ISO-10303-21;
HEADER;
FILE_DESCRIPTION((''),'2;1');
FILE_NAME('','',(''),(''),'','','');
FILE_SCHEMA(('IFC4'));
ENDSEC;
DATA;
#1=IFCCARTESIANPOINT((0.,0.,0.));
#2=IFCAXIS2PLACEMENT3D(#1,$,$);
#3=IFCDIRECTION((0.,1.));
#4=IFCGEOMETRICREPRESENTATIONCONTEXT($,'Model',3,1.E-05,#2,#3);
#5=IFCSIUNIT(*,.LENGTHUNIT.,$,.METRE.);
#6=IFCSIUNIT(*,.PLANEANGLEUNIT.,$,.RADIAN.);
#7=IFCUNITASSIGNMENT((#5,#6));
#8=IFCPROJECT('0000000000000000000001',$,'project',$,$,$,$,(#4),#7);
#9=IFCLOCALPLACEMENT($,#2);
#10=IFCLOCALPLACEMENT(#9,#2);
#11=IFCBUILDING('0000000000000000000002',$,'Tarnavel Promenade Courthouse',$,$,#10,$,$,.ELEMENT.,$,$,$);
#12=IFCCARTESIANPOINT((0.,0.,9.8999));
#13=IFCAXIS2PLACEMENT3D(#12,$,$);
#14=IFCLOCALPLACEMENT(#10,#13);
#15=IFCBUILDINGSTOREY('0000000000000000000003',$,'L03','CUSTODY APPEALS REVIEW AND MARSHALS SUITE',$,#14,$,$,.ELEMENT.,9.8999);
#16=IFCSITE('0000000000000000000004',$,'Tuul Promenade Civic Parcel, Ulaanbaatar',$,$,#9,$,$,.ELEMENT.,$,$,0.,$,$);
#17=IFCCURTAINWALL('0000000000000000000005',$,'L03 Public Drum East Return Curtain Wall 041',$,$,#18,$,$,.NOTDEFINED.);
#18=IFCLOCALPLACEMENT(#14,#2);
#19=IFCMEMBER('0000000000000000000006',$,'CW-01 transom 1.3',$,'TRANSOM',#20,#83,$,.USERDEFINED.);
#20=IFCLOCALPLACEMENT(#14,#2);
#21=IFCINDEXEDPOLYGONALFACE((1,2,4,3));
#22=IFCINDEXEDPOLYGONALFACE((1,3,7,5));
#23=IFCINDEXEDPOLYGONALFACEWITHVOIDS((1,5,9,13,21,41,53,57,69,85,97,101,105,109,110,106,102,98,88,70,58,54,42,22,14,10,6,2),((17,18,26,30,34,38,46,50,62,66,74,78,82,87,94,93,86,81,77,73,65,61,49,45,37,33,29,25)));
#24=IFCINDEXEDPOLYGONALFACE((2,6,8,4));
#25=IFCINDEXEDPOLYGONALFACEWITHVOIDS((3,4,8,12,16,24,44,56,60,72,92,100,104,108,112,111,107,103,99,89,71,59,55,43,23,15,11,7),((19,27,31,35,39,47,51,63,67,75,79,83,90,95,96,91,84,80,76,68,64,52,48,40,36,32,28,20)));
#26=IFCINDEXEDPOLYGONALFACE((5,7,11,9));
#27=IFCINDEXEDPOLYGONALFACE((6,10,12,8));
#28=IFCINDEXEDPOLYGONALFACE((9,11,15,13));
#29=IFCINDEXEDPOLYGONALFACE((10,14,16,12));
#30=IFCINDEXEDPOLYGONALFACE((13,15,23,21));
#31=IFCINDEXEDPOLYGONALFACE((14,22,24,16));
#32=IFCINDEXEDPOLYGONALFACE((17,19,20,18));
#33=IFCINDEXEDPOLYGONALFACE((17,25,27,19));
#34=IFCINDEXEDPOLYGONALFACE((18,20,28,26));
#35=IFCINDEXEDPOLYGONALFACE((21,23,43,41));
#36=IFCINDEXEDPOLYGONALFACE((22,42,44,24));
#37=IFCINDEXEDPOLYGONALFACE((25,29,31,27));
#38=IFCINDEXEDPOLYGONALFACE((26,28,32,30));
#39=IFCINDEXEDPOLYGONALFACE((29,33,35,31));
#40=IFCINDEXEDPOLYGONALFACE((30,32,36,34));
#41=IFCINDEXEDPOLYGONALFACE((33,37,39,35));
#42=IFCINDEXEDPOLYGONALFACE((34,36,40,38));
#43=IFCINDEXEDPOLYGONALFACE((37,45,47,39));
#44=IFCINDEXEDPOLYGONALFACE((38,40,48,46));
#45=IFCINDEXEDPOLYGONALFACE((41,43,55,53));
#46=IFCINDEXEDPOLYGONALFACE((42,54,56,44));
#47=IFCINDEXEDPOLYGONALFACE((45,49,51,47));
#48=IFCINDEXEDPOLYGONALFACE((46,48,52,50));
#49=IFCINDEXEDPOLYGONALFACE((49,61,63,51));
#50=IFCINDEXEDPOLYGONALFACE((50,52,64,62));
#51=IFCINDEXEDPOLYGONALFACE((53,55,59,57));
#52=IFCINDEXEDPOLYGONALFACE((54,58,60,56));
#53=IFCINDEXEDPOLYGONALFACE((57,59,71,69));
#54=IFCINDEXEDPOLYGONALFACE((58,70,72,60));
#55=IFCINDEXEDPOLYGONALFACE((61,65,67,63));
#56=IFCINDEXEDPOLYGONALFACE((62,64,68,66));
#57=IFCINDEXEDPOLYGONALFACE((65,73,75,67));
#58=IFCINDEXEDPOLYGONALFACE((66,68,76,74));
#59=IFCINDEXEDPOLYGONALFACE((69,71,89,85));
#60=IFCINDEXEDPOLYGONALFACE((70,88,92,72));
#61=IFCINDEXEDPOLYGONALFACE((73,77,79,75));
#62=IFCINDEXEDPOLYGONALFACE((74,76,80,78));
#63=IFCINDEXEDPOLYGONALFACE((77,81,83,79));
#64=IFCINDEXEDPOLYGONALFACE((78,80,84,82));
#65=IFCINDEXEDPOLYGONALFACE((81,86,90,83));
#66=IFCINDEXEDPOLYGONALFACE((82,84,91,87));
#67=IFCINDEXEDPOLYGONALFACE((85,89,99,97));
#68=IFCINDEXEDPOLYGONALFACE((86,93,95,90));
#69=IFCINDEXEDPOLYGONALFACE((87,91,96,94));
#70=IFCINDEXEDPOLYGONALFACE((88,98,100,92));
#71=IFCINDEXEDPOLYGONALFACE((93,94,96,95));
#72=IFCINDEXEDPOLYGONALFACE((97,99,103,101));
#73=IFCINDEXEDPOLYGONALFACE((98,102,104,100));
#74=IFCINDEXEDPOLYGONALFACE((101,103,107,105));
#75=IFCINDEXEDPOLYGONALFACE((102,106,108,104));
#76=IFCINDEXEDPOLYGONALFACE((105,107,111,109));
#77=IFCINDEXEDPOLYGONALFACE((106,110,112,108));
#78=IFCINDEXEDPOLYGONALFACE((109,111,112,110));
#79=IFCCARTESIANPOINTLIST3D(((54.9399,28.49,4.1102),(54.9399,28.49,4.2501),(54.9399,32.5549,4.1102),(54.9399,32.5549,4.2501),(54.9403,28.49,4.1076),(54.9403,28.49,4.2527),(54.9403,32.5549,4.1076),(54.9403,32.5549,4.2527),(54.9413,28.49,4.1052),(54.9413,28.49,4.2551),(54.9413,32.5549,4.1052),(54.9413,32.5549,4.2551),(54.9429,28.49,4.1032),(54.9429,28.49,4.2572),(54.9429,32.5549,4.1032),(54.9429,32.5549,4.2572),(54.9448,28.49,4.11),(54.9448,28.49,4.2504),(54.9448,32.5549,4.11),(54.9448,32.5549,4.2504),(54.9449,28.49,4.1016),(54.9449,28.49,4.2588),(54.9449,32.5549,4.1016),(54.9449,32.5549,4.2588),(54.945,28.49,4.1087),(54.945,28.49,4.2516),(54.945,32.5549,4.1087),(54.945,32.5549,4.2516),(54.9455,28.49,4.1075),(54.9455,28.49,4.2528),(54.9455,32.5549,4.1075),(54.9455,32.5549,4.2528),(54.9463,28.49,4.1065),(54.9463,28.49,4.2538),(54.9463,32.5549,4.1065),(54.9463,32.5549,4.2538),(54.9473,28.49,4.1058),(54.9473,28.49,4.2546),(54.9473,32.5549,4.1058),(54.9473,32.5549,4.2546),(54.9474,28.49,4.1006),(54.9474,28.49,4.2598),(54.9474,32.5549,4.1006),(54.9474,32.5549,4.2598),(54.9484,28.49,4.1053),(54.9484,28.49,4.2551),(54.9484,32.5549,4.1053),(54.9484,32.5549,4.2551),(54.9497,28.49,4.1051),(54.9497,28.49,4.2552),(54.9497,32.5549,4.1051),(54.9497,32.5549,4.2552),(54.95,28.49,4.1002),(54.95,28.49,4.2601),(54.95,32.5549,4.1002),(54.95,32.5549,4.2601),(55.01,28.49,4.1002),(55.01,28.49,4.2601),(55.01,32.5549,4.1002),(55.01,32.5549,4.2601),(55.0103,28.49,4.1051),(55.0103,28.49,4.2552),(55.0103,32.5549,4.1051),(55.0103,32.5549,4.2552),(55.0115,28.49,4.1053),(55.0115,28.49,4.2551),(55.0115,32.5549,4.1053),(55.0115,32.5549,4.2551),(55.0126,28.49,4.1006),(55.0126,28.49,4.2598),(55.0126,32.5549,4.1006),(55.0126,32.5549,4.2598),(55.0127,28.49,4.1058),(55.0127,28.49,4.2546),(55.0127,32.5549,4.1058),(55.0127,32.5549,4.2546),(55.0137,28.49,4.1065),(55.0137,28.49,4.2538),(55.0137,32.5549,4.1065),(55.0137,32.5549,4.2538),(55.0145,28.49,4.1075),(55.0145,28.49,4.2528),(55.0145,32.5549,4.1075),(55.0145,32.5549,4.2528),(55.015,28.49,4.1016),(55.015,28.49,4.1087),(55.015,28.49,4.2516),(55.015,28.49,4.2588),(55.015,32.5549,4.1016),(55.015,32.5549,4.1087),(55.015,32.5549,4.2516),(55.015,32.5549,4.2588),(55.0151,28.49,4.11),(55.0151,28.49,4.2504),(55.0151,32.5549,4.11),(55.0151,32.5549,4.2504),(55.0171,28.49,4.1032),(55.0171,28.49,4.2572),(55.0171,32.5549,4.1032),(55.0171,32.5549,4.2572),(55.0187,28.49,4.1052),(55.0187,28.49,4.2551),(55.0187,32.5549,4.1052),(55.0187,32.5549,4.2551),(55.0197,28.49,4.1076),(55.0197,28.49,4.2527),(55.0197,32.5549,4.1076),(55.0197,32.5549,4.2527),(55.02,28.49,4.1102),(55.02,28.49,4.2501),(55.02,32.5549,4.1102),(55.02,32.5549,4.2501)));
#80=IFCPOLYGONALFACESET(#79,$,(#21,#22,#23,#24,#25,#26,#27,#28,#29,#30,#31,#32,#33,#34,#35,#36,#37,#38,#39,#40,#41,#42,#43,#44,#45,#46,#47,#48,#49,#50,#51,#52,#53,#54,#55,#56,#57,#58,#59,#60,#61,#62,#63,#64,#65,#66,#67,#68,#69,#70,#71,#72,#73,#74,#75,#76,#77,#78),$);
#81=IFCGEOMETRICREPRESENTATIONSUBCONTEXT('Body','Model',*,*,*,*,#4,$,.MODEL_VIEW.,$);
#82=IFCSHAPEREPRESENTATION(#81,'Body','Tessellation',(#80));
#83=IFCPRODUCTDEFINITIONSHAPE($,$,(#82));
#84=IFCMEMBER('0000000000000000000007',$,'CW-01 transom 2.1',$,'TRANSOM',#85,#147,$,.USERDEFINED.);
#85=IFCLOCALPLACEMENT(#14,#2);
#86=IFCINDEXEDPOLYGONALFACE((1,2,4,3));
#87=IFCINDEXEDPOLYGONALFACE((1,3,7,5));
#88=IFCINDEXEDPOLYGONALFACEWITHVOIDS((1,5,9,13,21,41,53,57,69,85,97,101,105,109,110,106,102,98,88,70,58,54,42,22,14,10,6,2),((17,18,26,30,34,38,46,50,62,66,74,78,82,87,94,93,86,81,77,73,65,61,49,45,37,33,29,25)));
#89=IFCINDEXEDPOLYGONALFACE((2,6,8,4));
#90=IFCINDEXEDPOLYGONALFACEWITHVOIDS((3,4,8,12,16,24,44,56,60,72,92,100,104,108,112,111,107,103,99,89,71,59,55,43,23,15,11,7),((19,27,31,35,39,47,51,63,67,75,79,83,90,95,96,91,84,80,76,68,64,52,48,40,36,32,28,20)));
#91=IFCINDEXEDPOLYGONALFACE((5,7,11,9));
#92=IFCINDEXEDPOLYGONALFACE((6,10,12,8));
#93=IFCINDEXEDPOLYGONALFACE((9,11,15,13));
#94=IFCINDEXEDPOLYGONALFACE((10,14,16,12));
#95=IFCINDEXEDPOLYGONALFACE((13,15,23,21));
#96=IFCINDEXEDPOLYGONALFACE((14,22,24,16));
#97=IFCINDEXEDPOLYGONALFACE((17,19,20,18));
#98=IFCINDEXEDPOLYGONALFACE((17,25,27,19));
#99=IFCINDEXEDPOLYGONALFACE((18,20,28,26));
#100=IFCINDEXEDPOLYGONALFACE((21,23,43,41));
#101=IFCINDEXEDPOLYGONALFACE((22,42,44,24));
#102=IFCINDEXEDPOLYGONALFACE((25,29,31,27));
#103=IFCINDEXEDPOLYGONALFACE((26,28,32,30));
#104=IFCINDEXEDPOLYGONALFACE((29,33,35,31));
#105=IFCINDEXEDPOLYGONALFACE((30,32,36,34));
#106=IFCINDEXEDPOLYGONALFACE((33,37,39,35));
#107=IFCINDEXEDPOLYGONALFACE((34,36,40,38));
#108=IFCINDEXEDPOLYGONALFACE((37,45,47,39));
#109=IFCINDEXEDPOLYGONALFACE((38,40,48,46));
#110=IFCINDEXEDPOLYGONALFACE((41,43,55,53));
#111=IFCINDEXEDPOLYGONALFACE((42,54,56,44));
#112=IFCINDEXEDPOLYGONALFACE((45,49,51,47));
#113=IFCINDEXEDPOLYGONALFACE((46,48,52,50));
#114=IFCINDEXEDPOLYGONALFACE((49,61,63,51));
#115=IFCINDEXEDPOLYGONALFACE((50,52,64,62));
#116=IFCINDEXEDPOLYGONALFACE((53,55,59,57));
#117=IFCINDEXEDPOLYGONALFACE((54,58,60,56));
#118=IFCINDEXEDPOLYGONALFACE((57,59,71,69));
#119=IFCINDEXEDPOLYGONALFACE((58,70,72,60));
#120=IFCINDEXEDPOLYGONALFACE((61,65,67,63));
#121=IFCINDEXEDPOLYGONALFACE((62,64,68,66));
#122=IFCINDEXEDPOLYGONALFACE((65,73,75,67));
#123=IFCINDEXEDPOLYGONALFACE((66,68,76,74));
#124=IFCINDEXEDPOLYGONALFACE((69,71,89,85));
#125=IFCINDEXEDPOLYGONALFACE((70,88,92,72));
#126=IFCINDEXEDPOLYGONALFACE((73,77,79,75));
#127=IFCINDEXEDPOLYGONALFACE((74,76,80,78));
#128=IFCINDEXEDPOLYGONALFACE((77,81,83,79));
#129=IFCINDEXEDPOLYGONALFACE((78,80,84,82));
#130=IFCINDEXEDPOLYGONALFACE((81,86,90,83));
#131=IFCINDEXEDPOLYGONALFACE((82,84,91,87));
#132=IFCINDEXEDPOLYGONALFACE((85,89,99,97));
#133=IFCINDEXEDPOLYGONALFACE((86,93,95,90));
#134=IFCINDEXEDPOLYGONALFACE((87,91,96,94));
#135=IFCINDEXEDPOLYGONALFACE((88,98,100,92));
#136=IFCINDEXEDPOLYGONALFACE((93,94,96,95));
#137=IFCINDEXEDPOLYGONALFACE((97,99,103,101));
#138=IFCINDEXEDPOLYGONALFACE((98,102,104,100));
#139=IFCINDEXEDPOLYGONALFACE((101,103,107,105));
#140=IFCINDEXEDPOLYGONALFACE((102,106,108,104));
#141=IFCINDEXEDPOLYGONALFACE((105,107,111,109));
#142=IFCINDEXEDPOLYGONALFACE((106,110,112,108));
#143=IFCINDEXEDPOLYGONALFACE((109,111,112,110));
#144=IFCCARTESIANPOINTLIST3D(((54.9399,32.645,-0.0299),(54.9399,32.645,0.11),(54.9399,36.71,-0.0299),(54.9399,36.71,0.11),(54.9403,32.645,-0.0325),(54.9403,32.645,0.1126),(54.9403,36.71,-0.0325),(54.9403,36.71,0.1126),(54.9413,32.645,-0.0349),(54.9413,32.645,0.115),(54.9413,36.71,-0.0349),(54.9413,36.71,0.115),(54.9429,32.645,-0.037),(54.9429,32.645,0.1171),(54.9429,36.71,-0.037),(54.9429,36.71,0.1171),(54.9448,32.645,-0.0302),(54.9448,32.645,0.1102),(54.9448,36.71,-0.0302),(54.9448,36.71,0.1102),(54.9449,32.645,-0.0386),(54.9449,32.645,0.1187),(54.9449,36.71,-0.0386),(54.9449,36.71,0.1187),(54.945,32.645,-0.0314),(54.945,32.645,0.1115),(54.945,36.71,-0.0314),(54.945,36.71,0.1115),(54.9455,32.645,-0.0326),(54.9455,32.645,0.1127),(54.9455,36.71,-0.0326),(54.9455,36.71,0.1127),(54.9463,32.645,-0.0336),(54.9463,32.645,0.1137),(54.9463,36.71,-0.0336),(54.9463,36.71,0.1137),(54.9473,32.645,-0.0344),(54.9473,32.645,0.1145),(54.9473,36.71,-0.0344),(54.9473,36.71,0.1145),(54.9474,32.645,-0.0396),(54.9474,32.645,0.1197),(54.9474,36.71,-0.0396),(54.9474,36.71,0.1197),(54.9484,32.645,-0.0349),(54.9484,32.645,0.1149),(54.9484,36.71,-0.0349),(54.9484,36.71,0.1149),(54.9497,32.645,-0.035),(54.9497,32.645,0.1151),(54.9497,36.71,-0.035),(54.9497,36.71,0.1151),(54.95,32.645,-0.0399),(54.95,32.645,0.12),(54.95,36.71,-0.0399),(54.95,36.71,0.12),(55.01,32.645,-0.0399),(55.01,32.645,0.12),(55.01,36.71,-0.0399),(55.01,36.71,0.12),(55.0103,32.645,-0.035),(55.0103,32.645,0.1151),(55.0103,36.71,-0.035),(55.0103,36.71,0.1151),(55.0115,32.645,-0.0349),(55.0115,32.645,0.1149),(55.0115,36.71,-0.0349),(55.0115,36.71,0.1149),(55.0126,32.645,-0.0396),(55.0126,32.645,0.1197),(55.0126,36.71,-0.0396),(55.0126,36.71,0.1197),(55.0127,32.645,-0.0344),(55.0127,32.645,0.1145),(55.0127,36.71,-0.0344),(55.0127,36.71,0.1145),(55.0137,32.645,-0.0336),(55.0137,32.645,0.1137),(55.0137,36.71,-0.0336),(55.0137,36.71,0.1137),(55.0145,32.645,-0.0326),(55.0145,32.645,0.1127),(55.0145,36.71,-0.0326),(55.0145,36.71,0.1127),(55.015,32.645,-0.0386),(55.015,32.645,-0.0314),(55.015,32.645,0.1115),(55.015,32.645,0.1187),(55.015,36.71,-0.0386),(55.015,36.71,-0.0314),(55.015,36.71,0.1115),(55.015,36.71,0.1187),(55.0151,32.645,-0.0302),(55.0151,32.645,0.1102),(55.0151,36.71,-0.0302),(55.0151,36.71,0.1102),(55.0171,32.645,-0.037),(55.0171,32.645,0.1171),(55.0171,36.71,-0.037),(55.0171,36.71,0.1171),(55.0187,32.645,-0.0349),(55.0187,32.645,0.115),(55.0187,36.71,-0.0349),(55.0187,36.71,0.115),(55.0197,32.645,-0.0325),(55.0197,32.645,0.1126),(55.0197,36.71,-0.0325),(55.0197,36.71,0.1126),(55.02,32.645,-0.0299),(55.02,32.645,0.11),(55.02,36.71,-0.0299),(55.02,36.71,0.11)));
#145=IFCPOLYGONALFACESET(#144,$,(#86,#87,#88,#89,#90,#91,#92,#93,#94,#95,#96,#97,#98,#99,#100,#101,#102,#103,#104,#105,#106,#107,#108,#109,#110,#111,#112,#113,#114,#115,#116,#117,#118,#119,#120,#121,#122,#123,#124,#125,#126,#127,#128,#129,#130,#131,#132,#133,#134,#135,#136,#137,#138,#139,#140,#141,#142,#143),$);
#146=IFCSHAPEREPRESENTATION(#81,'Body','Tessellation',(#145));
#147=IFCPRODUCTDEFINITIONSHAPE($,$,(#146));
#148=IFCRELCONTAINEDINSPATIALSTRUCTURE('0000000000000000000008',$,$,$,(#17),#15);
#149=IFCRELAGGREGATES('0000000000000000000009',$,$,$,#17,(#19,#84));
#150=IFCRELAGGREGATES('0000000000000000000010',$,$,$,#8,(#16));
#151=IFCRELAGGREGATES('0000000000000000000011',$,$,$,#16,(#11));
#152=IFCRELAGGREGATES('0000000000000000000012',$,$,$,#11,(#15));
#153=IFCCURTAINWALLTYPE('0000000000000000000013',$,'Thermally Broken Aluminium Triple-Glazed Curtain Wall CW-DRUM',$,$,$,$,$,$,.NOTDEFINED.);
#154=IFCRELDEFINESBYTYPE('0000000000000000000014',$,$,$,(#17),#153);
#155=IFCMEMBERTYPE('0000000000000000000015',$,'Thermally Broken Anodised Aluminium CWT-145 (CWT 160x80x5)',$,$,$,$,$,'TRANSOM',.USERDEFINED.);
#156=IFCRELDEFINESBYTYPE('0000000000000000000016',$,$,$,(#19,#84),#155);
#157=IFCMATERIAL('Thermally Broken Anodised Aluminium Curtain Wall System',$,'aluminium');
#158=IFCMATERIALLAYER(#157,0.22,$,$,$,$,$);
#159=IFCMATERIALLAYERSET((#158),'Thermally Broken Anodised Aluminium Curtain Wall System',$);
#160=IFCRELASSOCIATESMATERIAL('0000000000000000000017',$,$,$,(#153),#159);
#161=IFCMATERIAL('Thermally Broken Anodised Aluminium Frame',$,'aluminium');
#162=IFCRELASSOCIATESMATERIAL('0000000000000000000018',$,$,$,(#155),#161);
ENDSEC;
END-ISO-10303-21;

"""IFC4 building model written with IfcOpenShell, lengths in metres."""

from ifc_helpers import new_model, si_unit, direction, frame, origin, origin_2d, place, context, subcontext, project, spatial, hollow_rectangle, extrude, material, layer, layer_set, material_profile, profile_set, type_object, element, aggregate, save


model = new_model("IFC4")

# Units and contexts
model_context = context("Model", 3, precision=1e-05, world=origin(), true_north=direction((0.0, 1.0)))
body_context = subcontext(model_context, "Body", "Model", "MODEL_VIEW")
ifc_project = project(units=[si_unit("LENGTHUNIT", "METRE"), si_unit("PLANEANGLEUNIT", "RADIAN")], contexts=[model_context])

# Site, building, storey
site_placement = place(None, origin())
site = spatial("IfcSite", under=ifc_project, at=site_placement, Name="Tuul Promenade Civic Parcel, Ulaanbaatar", CompositionType="ELEMENT", RefElevation=0.0)
building_placement = place(site_placement, origin())
building = spatial("IfcBuilding", under=site, at=building_placement, Name="Tarnavel Promenade Courthouse", CompositionType="ELEMENT")
storey_placement = place(building_placement, frame((0.0, 0.0, 9.8999)))
storey = spatial("IfcBuildingStorey", under=building, at=storey_placement, Name="L03", Description="CUSTODY APPEALS REVIEW AND MARSHALS SUITE", CompositionType="ELEMENT", Elevation=9.8999)

# Shared definitions
ifc_material_1 = material(Name="Thermally Broken Anodised Aluminium Curtain Wall System", Category="aluminium")
ifc_layer_1 = layer(ifc_material_1, 0.22)
ifc_layer_set_1 = layer_set([ifc_layer_1], Name="Thermally Broken Anodised Aluminium Curtain Wall System")
curtain_wall_type_1 = type_object("IfcCurtainWallType", Name="Thermally Broken Aluminium Triple-Glazed Curtain Wall CW-DRUM", PredefinedType="NOTDEFINED", material=ifc_layer_set_1)
ifc_material_2 = material(Name="Thermally Broken Anodised Aluminium Frame", Category="aluminium")

# Curtain wall, members
curtain_wall_1_placement = place(storey_placement, origin())
curtain_wall_1 = element("IfcCurtainWall", 1, at=curtain_wall_1_placement, inside=storey, type_object=curtain_wall_type_1, Name="L03 Public Drum East Return Curtain Wall 041", PredefinedType="NOTDEFINED")
ifc_material_profile_1 = material_profile(ifc_material_2, hollow_rectangle(XDim=0.0801, YDim=0.1599, WallThickness=0.0049, InnerFilletRadius=0.0049, OuterFilletRadius=0.01, at=origin_2d()), Name="CWT 160x80x5")
ifc_profile_set_1 = profile_set([ifc_material_profile_1], Name="Thermally Broken Anodised Aluminium Frame")
member_type_1 = type_object("IfcMemberType", Name="Thermally Broken Anodised Aluminium CWT-145 (CWT 160x80x5)", ElementType="TRANSOM", PredefinedType="USERDEFINED", material=ifc_profile_set_1)
member_1_placement = place(storey_placement, frame((54.98, 28.49, 4.1802), z_axis=(0.0, 1.0, 0.0), x_axis=(-1.0, 0.0, 0.0)))
member_1 = element("IfcMember", 2, at=member_1_placement, type_object=member_type_1, Name="CW-01 transom 1.3", ObjectType="TRANSOM", PredefinedType="USERDEFINED", context=body_context, shape_type="SweptSolid", body=[
    extrude(hollow_rectangle(XDim=0.0801, YDim=0.1599, WallThickness=0.0049, InnerFilletRadius=0.0049, OuterFilletRadius=0.01, at=origin_2d()), origin(), (0.0, 0.0, 1.0), 4.0649),
])
member_2_placement = place(storey_placement, frame((54.98, 32.645, 0.04), z_axis=(0.0, 1.0, 0.0), x_axis=(-1.0, 0.0, 0.0)))
member_2 = element("IfcMember", 3, at=member_2_placement, type_object=member_type_1, Name="CW-01 transom 2.1", ObjectType="TRANSOM", PredefinedType="USERDEFINED", context=body_context, shape_type="SweptSolid", body=[
    extrude(hollow_rectangle(XDim=0.0801, YDim=0.1599, WallThickness=0.0049, InnerFilletRadius=0.0049, OuterFilletRadius=0.01, at=origin_2d()), origin(), (0.0, 0.0, 1.0), 4.0649),
])

aggregate(curtain_wall_1, [member_1, member_2])

save(model, "model.ifc")
